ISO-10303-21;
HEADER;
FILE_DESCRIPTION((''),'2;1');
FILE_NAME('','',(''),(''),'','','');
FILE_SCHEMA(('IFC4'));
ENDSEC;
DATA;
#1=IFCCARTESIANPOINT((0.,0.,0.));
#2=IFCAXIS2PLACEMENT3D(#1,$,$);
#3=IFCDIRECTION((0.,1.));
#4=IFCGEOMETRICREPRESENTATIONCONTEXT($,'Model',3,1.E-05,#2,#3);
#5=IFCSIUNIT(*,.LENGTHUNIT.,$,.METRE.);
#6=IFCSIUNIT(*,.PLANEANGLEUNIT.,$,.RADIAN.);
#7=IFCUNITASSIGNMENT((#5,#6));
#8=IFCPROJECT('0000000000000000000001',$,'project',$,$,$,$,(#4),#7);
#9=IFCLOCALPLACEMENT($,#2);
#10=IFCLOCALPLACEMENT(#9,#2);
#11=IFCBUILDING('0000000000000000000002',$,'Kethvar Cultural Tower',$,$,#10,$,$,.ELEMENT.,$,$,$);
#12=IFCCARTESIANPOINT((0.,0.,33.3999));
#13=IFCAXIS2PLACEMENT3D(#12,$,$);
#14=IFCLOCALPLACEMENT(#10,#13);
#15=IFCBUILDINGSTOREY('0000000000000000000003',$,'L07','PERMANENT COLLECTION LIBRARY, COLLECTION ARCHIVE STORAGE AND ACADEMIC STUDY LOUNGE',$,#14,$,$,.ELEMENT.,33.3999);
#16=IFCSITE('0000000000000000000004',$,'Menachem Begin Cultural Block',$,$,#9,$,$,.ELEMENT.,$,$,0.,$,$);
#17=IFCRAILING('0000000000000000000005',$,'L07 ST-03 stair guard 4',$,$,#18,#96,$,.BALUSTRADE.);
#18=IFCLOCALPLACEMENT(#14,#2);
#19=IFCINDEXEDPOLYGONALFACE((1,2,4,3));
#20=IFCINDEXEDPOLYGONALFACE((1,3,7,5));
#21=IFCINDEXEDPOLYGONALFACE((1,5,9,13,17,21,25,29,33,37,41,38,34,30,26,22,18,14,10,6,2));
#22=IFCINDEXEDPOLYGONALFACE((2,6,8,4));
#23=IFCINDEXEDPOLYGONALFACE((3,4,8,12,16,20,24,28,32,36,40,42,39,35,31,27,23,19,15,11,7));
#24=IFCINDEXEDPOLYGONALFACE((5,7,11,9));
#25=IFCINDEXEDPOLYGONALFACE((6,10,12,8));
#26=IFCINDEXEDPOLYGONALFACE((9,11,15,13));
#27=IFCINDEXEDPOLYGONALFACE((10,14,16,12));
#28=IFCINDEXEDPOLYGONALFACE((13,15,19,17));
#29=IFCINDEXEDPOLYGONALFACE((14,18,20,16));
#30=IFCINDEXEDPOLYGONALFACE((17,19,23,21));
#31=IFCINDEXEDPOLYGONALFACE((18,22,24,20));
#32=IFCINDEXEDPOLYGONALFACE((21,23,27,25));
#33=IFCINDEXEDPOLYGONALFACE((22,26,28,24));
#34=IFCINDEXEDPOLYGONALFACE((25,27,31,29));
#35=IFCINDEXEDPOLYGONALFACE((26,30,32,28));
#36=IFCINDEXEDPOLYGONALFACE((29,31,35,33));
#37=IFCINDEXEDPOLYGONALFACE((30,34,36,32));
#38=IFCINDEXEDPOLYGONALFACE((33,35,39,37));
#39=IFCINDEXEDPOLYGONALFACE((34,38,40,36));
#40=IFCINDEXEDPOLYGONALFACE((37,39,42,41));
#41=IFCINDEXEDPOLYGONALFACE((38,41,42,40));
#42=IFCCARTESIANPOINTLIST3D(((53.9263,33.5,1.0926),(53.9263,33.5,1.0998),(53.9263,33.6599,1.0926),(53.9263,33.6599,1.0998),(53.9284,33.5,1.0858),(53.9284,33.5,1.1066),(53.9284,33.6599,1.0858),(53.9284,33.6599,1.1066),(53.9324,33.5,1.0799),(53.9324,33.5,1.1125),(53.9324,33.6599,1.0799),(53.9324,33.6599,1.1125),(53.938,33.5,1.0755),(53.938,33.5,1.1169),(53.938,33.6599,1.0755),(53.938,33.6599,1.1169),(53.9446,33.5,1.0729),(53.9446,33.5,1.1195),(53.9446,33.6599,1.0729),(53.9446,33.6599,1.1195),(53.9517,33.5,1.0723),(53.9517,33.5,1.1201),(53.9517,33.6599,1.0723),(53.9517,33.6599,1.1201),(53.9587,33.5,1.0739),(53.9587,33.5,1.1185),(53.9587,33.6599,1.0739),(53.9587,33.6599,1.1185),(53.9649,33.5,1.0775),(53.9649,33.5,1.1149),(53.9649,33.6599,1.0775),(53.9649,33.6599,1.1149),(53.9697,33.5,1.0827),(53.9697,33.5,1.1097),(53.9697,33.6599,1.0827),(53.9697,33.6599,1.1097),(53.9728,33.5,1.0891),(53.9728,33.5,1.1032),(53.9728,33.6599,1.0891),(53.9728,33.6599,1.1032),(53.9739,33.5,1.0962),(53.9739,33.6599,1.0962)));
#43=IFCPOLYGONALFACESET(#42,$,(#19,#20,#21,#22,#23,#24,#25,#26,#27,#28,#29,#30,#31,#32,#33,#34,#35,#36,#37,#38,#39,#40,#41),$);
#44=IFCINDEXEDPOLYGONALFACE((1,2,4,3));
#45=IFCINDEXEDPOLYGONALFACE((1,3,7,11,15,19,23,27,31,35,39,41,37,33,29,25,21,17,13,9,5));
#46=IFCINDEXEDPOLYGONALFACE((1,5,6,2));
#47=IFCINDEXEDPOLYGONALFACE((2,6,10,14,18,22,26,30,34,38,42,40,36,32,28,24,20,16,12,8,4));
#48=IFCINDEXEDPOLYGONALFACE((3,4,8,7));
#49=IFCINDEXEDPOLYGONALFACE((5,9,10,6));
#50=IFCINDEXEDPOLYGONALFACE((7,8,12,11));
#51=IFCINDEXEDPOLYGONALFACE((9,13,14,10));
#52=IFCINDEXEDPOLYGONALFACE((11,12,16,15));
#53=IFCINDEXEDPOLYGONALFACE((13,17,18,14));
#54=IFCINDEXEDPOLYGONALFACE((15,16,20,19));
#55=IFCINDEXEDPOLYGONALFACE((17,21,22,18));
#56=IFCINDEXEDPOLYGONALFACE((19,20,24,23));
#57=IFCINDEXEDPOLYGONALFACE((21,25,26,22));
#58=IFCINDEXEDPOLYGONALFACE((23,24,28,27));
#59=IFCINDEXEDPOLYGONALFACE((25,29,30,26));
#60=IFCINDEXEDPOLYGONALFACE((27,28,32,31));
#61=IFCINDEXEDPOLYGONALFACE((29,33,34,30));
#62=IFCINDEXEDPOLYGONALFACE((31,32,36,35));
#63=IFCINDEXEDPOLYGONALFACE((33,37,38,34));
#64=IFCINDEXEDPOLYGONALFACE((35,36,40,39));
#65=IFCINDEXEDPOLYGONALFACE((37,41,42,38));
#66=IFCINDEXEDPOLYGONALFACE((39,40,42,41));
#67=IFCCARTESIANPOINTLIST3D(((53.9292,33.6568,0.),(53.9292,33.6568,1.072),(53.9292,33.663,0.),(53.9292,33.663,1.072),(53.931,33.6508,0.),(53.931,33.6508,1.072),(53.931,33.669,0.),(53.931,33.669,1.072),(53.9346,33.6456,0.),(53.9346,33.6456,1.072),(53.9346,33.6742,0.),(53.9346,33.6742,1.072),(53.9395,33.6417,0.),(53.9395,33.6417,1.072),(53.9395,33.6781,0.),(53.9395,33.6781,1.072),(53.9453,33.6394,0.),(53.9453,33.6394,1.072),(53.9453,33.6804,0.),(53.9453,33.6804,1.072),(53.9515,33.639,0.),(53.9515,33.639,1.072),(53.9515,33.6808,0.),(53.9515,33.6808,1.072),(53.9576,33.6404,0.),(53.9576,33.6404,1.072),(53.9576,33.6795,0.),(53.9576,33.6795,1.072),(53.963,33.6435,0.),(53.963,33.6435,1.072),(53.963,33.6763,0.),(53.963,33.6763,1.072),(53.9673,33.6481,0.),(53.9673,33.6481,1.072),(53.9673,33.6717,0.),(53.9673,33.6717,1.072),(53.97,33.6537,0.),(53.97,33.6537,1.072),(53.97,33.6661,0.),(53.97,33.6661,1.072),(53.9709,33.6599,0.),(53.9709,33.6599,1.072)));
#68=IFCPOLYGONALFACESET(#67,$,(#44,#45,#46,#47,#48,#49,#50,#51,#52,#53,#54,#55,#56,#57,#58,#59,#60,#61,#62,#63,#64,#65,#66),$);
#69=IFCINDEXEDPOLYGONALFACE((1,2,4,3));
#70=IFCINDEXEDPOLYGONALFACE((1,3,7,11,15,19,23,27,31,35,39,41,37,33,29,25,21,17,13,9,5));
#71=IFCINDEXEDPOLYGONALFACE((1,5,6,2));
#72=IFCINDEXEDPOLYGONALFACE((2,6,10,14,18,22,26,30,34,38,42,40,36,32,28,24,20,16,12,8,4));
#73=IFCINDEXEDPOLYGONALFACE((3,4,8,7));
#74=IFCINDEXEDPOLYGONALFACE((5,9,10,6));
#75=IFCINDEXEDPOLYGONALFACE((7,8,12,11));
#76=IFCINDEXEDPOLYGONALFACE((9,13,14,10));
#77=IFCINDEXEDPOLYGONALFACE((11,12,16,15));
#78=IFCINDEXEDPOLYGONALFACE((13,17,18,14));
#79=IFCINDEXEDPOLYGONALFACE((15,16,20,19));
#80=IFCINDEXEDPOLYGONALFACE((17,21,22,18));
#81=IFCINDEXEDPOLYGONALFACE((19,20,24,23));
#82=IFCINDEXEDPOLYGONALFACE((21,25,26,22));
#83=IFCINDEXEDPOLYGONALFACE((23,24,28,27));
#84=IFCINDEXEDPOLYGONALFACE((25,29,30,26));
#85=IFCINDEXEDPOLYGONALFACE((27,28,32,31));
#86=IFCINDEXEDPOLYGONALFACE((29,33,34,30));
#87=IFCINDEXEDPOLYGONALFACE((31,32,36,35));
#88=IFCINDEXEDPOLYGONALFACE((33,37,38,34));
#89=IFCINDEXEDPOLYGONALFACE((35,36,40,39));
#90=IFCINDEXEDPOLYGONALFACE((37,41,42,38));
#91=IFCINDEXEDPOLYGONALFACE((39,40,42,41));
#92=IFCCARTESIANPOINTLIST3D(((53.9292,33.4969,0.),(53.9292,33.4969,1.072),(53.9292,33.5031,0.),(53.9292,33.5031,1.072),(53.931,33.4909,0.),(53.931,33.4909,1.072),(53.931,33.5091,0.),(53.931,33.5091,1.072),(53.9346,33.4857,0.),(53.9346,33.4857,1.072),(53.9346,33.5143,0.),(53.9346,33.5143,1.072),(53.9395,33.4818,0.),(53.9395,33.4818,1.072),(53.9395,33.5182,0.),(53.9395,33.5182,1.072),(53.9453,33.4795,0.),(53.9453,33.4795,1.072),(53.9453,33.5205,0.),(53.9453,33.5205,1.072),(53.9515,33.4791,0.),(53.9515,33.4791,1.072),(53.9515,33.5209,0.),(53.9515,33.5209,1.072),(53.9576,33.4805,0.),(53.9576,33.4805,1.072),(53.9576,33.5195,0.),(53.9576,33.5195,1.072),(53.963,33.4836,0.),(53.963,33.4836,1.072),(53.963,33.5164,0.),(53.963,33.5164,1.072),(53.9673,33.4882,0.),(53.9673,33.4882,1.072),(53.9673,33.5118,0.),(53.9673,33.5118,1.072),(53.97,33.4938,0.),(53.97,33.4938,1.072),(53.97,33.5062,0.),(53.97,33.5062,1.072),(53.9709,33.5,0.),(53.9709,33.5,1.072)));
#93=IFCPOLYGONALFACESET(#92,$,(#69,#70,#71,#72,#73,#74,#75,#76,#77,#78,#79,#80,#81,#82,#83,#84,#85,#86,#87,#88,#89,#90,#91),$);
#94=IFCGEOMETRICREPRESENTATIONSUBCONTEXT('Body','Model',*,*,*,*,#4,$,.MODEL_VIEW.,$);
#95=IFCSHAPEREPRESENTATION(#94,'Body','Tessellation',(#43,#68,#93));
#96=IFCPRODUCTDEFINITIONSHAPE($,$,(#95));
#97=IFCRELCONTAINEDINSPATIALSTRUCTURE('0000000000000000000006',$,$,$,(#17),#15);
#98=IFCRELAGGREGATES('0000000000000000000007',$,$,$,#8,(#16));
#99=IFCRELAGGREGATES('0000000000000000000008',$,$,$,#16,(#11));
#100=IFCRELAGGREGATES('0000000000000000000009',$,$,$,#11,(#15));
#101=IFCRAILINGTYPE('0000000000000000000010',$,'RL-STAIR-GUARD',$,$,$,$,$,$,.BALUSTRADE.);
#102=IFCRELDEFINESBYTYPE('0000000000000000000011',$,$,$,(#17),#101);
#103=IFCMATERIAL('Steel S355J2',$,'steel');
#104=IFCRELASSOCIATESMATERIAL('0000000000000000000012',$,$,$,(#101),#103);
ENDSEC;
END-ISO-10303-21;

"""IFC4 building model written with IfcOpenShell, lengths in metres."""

from ifc_helpers import new_model, si_unit, direction, frame, origin, origin_2d, place, context, subcontext, project, spatial, circle, extrude, material, type_object, element, save


model = new_model("IFC4")

# Units and contexts
model_context = context("Model", 3, precision=1e-05, world=origin(), true_north=direction((0.0, 1.0)))
body_context = subcontext(model_context, "Body", "Model", "MODEL_VIEW")
ifc_project = project(units=[si_unit("LENGTHUNIT", "METRE"), si_unit("PLANEANGLEUNIT", "RADIAN")], contexts=[model_context])

# Site, building, storey
site_placement = place(None, origin())
site = spatial("IfcSite", under=ifc_project, at=site_placement, Name="Menachem Begin Cultural Block", CompositionType="ELEMENT", RefElevation=0.0)
building_placement = place(site_placement, origin())
building = spatial("IfcBuilding", under=site, at=building_placement, Name="Kethvar Cultural Tower", CompositionType="ELEMENT")
storey_placement = place(building_placement, frame((0.0, 0.0, 33.3999)))
storey = spatial("IfcBuildingStorey", under=building, at=storey_placement, Name="L07", Description="PERMANENT COLLECTION LIBRARY, COLLECTION ARCHIVE STORAGE AND ACADEMIC STUDY LOUNGE", CompositionType="ELEMENT", Elevation=33.3999)

# Shared definitions
ifc_material_1 = material(Name="Steel S355J2", Category="steel")

# Railing
railing_type_1 = type_object("IfcRailingType", Name="RL-STAIR-GUARD", PredefinedType="BALUSTRADE", material=ifc_material_1)
railing_1_placement = place(storey_placement, frame((53.95, 33.6599, 0.0)))
element("IfcRailing", 1, at=railing_1_placement, inside=storey, type_object=railing_type_1, Name="L07 ST-03 stair guard 4", PredefinedType="BALUSTRADE", context=body_context, shape_type="SweptSolid", body=[
    extrude(circle(Radius=0.0239, at=origin_2d()), frame((0.0, 0.0, 1.0962), z_axis=(0.0, -1.0, 0.0), x_axis=(1.0, 0.0, 0.0)), (0.0, 0.0, 1.0), 0.1599),
    extrude(circle(Radius=0.021, at=origin_2d()), origin(), (0.0, 0.0, 1.0), 1.072),
    extrude(circle(Radius=0.021, at=origin_2d()), frame((0.0, -0.1599, 0.0)), (0.0, 0.0, 1.0), 1.072),
])

save(model, "model.ifc")
